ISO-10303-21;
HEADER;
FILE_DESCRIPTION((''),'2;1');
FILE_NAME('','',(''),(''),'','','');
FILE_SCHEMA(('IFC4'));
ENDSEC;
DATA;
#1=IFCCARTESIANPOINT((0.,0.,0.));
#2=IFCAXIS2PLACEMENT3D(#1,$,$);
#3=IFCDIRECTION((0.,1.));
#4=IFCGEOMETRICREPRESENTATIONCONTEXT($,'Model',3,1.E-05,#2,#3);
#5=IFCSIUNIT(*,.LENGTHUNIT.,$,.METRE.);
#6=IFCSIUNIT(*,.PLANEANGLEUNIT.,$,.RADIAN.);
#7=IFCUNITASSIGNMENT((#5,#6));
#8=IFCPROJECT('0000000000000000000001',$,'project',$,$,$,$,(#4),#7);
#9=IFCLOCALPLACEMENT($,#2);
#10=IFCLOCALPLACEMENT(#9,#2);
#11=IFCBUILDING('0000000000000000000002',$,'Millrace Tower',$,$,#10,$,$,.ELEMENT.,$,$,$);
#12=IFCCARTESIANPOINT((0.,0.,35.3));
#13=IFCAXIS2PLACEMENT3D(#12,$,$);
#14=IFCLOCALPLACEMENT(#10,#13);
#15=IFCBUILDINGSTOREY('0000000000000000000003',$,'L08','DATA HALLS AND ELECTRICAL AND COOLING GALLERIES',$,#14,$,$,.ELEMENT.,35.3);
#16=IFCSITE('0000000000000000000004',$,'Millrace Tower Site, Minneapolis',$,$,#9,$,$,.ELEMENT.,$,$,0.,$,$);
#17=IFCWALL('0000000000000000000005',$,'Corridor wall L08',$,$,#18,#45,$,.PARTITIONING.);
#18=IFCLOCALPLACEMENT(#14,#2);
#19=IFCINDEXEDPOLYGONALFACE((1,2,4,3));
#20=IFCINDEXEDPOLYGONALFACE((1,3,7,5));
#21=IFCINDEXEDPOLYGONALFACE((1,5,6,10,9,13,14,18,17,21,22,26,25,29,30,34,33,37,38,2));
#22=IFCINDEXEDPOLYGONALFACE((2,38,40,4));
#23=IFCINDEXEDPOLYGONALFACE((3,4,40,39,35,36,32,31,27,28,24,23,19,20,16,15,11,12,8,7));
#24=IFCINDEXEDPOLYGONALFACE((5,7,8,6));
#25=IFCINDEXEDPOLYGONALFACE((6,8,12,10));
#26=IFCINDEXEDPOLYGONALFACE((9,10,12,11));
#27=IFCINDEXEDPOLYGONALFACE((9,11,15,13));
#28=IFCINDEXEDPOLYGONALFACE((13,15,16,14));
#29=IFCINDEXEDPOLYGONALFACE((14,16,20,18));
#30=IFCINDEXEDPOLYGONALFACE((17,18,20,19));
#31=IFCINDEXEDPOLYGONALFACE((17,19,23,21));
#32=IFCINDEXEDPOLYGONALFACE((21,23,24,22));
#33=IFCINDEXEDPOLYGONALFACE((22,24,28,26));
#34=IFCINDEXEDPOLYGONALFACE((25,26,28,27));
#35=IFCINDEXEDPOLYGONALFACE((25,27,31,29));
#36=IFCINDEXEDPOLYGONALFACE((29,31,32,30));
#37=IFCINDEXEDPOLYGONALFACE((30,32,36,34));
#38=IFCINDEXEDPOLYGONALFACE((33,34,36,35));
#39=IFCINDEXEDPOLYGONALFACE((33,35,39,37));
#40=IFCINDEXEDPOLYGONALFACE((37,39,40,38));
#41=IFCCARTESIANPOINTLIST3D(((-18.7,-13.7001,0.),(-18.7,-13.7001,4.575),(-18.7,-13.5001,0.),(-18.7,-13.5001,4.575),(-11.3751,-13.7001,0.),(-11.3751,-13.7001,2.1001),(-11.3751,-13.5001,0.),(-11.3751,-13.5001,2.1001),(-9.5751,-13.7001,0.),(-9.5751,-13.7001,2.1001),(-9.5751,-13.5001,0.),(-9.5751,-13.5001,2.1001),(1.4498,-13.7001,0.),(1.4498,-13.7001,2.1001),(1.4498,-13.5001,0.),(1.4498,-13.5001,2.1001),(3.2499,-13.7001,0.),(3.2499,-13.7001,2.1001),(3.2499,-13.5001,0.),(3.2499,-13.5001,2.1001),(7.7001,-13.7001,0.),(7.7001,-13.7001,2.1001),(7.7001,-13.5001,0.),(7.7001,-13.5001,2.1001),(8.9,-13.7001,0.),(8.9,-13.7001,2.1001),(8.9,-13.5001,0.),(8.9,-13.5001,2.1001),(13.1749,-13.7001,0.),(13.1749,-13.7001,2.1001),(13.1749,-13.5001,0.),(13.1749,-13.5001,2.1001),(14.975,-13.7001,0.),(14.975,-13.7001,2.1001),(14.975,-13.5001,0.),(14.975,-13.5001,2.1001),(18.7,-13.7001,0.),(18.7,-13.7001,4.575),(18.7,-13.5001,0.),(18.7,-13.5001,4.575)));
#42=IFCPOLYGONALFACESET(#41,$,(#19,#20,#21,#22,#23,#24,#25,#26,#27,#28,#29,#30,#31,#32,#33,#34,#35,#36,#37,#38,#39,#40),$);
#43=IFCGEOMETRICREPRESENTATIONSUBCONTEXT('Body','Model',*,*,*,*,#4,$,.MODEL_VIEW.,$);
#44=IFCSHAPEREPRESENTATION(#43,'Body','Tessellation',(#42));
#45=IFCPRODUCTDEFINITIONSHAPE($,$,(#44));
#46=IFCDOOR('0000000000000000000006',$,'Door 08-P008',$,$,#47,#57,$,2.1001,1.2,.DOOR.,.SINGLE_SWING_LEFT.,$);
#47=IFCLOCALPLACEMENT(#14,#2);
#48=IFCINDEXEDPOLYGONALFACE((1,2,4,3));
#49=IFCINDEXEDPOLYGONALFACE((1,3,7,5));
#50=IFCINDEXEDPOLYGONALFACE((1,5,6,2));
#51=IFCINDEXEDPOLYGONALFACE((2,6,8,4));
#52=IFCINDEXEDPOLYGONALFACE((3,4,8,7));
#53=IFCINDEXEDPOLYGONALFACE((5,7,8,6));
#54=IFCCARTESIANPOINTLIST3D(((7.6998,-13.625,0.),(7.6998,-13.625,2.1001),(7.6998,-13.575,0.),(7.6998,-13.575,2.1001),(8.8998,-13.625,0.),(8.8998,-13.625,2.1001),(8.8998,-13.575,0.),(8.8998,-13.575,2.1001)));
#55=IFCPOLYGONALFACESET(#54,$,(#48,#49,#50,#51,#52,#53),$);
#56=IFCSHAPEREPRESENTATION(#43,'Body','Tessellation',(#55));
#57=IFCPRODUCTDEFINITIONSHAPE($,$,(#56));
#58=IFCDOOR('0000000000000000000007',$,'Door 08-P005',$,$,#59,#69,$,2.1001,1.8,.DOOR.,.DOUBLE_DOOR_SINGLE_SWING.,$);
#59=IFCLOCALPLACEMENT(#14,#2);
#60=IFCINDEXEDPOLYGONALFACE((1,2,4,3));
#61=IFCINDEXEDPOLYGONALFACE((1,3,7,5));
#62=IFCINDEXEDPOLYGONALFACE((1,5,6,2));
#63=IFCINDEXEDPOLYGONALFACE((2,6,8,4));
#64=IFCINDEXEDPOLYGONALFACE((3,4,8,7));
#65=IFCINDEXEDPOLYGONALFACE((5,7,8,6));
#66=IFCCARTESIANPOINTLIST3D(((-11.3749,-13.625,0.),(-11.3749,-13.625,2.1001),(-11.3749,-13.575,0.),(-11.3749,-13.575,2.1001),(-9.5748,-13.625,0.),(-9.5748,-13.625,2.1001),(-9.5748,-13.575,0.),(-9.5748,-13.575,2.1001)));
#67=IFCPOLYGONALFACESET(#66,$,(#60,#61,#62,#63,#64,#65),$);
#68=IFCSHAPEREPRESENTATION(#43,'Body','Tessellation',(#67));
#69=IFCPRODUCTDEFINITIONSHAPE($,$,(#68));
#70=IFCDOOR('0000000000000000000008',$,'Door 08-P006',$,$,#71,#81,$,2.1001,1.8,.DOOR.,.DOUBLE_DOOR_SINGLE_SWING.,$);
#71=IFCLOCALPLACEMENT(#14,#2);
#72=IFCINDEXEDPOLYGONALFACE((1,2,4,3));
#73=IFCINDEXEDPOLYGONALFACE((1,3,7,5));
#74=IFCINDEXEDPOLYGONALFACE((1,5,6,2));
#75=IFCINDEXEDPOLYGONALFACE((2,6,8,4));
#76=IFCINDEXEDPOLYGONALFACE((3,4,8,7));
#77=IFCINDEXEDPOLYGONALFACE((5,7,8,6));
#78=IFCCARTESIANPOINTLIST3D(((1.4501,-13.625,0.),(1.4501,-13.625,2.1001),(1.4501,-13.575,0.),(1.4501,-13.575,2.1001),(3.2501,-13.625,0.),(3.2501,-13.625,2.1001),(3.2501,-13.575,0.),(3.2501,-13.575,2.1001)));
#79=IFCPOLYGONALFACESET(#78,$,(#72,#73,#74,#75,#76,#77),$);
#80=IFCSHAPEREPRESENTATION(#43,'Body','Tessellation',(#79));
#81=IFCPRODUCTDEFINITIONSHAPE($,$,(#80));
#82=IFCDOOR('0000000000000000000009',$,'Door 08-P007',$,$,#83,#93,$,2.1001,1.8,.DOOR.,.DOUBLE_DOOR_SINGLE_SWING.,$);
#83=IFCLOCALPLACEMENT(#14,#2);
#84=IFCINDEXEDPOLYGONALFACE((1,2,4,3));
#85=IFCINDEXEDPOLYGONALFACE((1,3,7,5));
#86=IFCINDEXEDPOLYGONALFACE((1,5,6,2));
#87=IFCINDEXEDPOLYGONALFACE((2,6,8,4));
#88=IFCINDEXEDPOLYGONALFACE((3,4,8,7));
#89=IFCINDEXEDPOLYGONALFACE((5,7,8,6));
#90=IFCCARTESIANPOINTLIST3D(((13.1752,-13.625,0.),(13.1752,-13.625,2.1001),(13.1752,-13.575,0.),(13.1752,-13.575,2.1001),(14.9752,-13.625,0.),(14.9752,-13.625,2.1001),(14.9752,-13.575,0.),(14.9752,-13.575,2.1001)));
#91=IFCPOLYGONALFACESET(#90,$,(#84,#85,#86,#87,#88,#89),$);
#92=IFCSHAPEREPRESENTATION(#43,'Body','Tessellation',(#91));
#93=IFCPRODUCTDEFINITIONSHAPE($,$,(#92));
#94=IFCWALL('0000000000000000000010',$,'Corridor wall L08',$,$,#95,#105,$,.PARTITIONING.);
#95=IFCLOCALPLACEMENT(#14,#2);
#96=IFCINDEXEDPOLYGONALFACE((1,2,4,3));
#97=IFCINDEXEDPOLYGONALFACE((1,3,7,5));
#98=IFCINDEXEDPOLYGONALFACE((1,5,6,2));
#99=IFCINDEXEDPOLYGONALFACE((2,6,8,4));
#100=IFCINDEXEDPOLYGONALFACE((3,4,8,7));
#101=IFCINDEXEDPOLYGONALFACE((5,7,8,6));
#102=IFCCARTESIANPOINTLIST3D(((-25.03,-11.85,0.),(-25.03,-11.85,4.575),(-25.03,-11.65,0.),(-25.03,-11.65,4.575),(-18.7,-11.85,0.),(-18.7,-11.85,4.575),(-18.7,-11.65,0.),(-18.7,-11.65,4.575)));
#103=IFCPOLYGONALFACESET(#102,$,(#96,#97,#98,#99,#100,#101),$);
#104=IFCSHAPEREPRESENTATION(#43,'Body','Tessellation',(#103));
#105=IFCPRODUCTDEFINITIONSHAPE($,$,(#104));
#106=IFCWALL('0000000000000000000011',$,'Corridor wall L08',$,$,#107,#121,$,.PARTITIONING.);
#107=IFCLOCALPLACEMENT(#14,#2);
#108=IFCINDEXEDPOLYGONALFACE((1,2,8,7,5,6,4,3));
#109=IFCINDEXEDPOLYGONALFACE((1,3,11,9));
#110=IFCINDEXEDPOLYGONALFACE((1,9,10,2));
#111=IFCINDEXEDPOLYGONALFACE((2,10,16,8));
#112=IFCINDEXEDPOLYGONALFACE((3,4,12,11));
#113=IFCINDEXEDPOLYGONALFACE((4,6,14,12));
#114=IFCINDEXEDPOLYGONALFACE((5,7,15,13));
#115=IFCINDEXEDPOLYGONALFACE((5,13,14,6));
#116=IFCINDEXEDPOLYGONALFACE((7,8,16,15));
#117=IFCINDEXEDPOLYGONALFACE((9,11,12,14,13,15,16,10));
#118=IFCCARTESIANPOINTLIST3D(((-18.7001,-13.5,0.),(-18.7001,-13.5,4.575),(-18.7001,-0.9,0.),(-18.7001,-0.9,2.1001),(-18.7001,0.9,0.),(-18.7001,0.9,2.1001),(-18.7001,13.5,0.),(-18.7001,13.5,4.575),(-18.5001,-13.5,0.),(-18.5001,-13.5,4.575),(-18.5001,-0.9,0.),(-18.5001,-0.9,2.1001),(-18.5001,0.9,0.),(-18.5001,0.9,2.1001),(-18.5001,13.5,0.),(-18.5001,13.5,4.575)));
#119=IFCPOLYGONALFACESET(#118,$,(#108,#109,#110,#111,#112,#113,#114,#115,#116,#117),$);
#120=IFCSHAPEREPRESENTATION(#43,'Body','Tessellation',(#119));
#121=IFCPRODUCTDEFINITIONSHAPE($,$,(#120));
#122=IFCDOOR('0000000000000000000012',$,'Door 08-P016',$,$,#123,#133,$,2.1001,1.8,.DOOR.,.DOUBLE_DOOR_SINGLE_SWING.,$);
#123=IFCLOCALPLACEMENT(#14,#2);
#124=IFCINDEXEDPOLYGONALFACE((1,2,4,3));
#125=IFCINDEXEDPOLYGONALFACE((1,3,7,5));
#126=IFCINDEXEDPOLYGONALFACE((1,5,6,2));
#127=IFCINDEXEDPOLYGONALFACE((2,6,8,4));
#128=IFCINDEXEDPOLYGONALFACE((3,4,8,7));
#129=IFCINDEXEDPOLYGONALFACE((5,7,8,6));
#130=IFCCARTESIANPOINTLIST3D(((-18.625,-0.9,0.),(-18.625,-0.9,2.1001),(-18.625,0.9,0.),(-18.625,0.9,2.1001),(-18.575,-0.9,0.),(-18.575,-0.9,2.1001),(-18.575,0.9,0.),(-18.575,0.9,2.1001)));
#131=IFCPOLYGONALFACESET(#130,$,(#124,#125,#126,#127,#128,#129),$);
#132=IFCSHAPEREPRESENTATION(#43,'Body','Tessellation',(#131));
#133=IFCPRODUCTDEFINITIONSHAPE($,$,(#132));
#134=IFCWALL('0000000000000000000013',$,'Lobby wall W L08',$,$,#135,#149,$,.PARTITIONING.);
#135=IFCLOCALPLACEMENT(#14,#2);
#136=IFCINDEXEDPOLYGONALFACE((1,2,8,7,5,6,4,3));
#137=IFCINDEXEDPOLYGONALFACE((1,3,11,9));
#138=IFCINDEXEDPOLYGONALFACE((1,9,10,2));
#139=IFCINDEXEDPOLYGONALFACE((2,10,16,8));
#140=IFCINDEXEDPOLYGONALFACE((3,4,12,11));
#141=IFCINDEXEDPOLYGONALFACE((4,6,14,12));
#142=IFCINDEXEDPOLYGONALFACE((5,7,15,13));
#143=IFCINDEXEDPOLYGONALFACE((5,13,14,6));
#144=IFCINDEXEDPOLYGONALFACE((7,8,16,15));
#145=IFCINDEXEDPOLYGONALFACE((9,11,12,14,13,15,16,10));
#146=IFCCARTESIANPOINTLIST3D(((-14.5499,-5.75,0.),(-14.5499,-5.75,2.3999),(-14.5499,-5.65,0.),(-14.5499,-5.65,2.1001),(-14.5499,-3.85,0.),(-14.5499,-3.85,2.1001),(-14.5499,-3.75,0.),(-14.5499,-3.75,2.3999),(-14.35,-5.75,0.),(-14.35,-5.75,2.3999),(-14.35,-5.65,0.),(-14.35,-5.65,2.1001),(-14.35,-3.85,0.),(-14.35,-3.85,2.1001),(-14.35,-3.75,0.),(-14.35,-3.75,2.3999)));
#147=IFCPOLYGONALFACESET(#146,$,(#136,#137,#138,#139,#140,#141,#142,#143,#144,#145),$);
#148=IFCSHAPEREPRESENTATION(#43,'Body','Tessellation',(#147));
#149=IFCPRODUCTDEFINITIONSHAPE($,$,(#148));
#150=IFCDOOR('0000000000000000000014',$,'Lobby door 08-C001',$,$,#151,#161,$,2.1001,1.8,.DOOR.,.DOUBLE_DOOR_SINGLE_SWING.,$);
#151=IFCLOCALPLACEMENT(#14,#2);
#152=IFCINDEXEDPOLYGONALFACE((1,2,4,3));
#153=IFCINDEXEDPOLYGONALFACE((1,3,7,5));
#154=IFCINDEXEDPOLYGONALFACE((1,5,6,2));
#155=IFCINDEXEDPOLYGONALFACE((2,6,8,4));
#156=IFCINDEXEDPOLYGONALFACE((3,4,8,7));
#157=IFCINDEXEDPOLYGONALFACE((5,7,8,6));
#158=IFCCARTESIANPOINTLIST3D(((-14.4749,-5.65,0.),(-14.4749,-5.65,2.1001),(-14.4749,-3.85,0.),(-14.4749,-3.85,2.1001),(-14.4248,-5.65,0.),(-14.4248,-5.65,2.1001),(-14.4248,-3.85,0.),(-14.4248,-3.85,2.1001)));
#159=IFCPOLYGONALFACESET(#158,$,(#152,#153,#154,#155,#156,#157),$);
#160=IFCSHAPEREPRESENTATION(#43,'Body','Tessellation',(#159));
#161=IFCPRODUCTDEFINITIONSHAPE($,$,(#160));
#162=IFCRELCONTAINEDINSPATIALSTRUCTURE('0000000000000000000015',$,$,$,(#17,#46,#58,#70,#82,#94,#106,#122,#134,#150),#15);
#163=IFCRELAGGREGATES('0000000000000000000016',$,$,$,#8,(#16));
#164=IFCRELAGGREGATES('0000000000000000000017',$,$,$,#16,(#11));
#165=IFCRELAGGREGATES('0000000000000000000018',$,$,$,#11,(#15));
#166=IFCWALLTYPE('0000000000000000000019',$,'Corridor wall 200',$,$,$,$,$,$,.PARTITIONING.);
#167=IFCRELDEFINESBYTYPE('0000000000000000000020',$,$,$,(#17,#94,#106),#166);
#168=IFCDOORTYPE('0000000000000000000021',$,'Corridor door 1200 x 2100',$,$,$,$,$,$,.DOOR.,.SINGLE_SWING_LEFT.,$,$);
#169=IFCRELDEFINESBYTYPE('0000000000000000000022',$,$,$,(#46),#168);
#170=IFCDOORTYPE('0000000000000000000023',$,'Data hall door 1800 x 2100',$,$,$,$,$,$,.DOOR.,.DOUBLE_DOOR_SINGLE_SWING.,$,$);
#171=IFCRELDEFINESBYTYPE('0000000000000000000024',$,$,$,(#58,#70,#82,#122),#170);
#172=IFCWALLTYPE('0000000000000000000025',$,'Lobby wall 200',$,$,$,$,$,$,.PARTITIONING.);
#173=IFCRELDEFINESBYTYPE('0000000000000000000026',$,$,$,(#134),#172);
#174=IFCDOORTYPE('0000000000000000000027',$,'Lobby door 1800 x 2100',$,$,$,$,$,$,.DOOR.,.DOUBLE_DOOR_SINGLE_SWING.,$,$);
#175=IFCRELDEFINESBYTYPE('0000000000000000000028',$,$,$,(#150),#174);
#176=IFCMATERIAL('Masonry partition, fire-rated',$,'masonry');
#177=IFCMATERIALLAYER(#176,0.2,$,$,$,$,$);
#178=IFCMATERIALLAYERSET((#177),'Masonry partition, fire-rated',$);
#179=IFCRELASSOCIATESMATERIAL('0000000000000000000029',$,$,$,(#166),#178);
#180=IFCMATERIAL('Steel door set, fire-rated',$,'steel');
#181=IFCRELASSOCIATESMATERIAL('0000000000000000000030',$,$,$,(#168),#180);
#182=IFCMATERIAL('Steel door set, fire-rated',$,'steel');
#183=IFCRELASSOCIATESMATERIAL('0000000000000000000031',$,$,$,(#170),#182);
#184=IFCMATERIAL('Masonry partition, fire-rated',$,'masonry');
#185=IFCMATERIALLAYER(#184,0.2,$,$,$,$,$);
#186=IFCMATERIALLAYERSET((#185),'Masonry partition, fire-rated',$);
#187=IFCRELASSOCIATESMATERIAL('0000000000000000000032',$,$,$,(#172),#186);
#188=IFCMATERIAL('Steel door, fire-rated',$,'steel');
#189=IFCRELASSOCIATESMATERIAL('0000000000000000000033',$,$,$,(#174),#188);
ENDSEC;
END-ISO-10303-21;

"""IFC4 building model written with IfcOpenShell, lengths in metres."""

from ifc_helpers import new_model, si_unit, direction, frame, frame_2d, origin, place, context, subcontext, project, spatial, rectangle, extrude, material, layer, layer_set, type_object, element, fill, save


model = new_model("IFC4")

# Units and contexts
model_context = context("Model", 3, precision=1e-05, world=origin(), true_north=direction((0.0, 1.0)))
body_context = subcontext(model_context, "Body", "Model", "MODEL_VIEW")
ifc_project = project(units=[si_unit("LENGTHUNIT", "METRE"), si_unit("PLANEANGLEUNIT", "RADIAN")], contexts=[model_context])

# Site, building, storey
site_placement = place(None, origin())
site = spatial("IfcSite", under=ifc_project, at=site_placement, Name="Millrace Tower Site, Minneapolis", CompositionType="ELEMENT", RefElevation=0.0)
building_placement = place(site_placement, origin())
building = spatial("IfcBuilding", under=site, at=building_placement, Name="Millrace Tower", CompositionType="ELEMENT")
storey_placement = place(building_placement, frame((0.0, 0.0, 35.3)))
storey = spatial("IfcBuildingStorey", under=building, at=storey_placement, Name="L08", Description="DATA HALLS AND ELECTRICAL AND COOLING GALLERIES", CompositionType="ELEMENT", Elevation=35.3)

# Wall, openings, doors
ifc_material_1 = material(Name="Masonry partition, fire-rated", Category="masonry")
ifc_layer_1 = layer(ifc_material_1, 0.2)
ifc_layer_set_1 = layer_set([ifc_layer_1], Name="Masonry partition, fire-rated")
wall_type_1 = type_object("IfcWallType", Name="Corridor wall 200", PredefinedType="PARTITIONING", material=ifc_layer_set_1)
wall_1_placement = place(storey_placement, frame((-18.7, -13.6001, 0.0), z_axis=(0.0, 0.0, 1.0), x_axis=(1.0, 0.0, 0.0)))
wall_1 = element("IfcWall", 1, at=wall_1_placement, inside=storey, type_object=wall_type_1, Name="Corridor wall L08", PredefinedType="PARTITIONING", context=body_context, shape_type="SweptSolid", body=[
    extrude(rectangle(XDim=37.3999, YDim=0.2, at=frame_2d((18.7, 0.0))), origin(), (0.0, 0.0, 1.0), 4.575),
])
opening_1_placement = place(wall_1_placement, frame((7.325, 0.0, 0.0)))
opening_1 = element("IfcOpeningElement", 2, at=opening_1_placement, cuts=wall_1, PredefinedType="OPENING", context=body_context, shape_type="SweptSolid", body=[
    extrude(rectangle(XDim=1.8, YDim=2.1001, at=frame_2d((0.8999, 1.05))), frame((0.0, 0.1099, 0.0), z_axis=(0.0, -1.0, 0.0), x_axis=(1.0, 0.0, 0.0)), (0.0, 0.0, 1.0), 0.22),
])
opening_2_placement = place(wall_1_placement, frame((20.1499, 0.0, 0.0)))
opening_2 = element("IfcOpeningElement", 3, at=opening_2_placement, cuts=wall_1, PredefinedType="OPENING", context=body_context, shape_type="SweptSolid", body=[
    extrude(rectangle(XDim=1.8, YDim=2.1001, at=frame_2d((0.8999, 1.05))), frame((0.0, 0.1099, 0.0), z_axis=(0.0, -1.0, 0.0), x_axis=(1.0, 0.0, 0.0)), (0.0, 0.0, 1.0), 0.22),
])
opening_3_placement = place(wall_1_placement, frame((31.875, 0.0, 0.0)))
opening_3 = element("IfcOpeningElement", 4, at=opening_3_placement, cuts=wall_1, PredefinedType="OPENING", context=body_context, shape_type="SweptSolid", body=[
    extrude(rectangle(XDim=1.8, YDim=2.1001, at=frame_2d((0.8999, 1.05))), frame((0.0, 0.1099, 0.0), z_axis=(0.0, -1.0, 0.0), x_axis=(1.0, 0.0, 0.0)), (0.0, 0.0, 1.0), 0.22),
])
opening_4_placement = place(wall_1_placement, frame((26.3999, 0.0, 0.0)))
opening_4 = element("IfcOpeningElement", 5, at=opening_4_placement, cuts=wall_1, PredefinedType="OPENING", context=body_context, shape_type="SweptSolid", body=[
    extrude(rectangle(XDim=1.2, YDim=2.1001, at=frame_2d((0.6001, 1.05))), frame((0.0, 0.1099, 0.0), z_axis=(0.0, -1.0, 0.0), x_axis=(1.0, 0.0, 0.0)), (0.0, 0.0, 1.0), 0.22),
])
ifc_material_2 = material(Name="Steel door set, fire-rated", Category="steel")
door_type_1 = type_object("IfcDoorType", Name="Corridor door 1200 x 2100", OperationType="SINGLE_SWING_LEFT", PredefinedType="DOOR", material=ifc_material_2)
door_1_placement = place(opening_4_placement, frame((1.2, 0.0, 0.0), z_axis=(0.0, 0.0, 1.0), x_axis=(-1.0, 0.0, 0.0)))
door_1 = element("IfcDoor", 6, at=door_1_placement, inside=storey, type_object=door_type_1, Name="Door 08-P008", OperationType="SINGLE_SWING_LEFT", OverallHeight=2.1001, OverallWidth=1.2, PredefinedType="DOOR", context=body_context, shape_type="SweptSolid", body=[
    extrude(rectangle(XDim=1.2, YDim=2.1001, at=frame_2d((0.6001, 1.05))), frame((0.0, 0.0249, 0.0), z_axis=(0.0, -1.0, 0.0), x_axis=(1.0, 0.0, 0.0)), (0.0, 0.0, 1.0), 0.05),
])
fill(opening_4, door_1)
ifc_material_3 = material(Name="Steel door set, fire-rated", Category="steel")
door_type_2 = type_object("IfcDoorType", Name="Data hall door 1800 x 2100", OperationType="DOUBLE_DOOR_SINGLE_SWING", PredefinedType="DOOR", material=ifc_material_3)
door_2_placement = place(opening_1_placement, frame((1.8, 0.0, 0.0), z_axis=(0.0, 0.0, 1.0), x_axis=(-1.0, 0.0, 0.0)))
door_2 = element("IfcDoor", 7, at=door_2_placement, inside=storey, type_object=door_type_2, Name="Door 08-P005", OperationType="DOUBLE_DOOR_SINGLE_SWING", OverallHeight=2.1001, OverallWidth=1.8, PredefinedType="DOOR", context=body_context, shape_type="SweptSolid", body=[
    extrude(rectangle(XDim=1.8, YDim=2.1001, at=frame_2d((0.8999, 1.05))), frame((0.0, 0.0249, 0.0), z_axis=(0.0, -1.0, 0.0), x_axis=(1.0, 0.0, 0.0)), (0.0, 0.0, 1.0), 0.05),
])
fill(opening_1, door_2)
door_3_placement = place(opening_2_placement, frame((1.8, 0.0, 0.0), z_axis=(0.0, 0.0, 1.0), x_axis=(-1.0, 0.0, 0.0)))
door_3 = element("IfcDoor", 8, at=door_3_placement, inside=storey, type_object=door_type_2, Name="Door 08-P006", OperationType="DOUBLE_DOOR_SINGLE_SWING", OverallHeight=2.1001, OverallWidth=1.8, PredefinedType="DOOR", context=body_context, shape_type="SweptSolid", body=[
    extrude(rectangle(XDim=1.8, YDim=2.1001, at=frame_2d((0.8999, 1.05))), frame((0.0, 0.0249, 0.0), z_axis=(0.0, -1.0, 0.0), x_axis=(1.0, 0.0, 0.0)), (0.0, 0.0, 1.0), 0.05),
])
fill(opening_2, door_3)
door_4_placement = place(opening_3_placement, frame((1.8, 0.0, 0.0), z_axis=(0.0, 0.0, 1.0), x_axis=(-1.0, 0.0, 0.0)))
door_4 = element("IfcDoor", 9, at=door_4_placement, inside=storey, type_object=door_type_2, Name="Door 08-P007", OperationType="DOUBLE_DOOR_SINGLE_SWING", OverallHeight=2.1001, OverallWidth=1.8, PredefinedType="DOOR", context=body_context, shape_type="SweptSolid", body=[
    extrude(rectangle(XDim=1.8, YDim=2.1001, at=frame_2d((0.8999, 1.05))), frame((0.0, 0.0249, 0.0), z_axis=(0.0, -1.0, 0.0), x_axis=(1.0, 0.0, 0.0)), (0.0, 0.0, 1.0), 0.05),
])
fill(opening_3, door_4)

# Wall
wall_2_placement = place(storey_placement, frame((-25.03, -11.75, 0.0), z_axis=(0.0, 0.0, 1.0), x_axis=(1.0, 0.0, 0.0)))
element("IfcWall", 10, at=wall_2_placement, inside=storey, type_object=wall_type_1, Name="Corridor wall L08", PredefinedType="PARTITIONING", context=body_context, shape_type="SweptSolid", body=[
    extrude(rectangle(XDim=6.3301, YDim=0.2, at=frame_2d((3.165, 0.0))), origin(), (0.0, 0.0, 1.0), 4.575),
])

# Walls, openings, doors
wall_3_placement = place(storey_placement, frame((-18.6001, -13.5, 0.0), z_axis=(0.0, 0.0, 1.0), x_axis=(0.0, 1.0, 0.0)))
wall_3 = element("IfcWall", 11, at=wall_3_placement, inside=storey, type_object=wall_type_1, Name="Corridor wall L08", PredefinedType="PARTITIONING", context=body_context, shape_type="SweptSolid", body=[
    extrude(rectangle(XDim=27.0, YDim=0.2, at=frame_2d((13.5, 0.0))), origin(), (0.0, 0.0, 1.0), 4.575),
])
opening_5_placement = place(wall_3_placement, frame((12.6001, 0.0, 0.0)))
opening_5 = element("IfcOpeningElement", 12, at=opening_5_placement, cuts=wall_3, PredefinedType="OPENING", context=body_context, shape_type="SweptSolid", body=[
    extrude(rectangle(XDim=1.8, YDim=2.1001, at=frame_2d((0.8999, 1.05))), frame((0.0, 0.1099, 0.0), z_axis=(0.0, -1.0, 0.0), x_axis=(1.0, 0.0, 0.0)), (0.0, 0.0, 1.0), 0.22),
])
door_5_placement = place(opening_5_placement, origin())
door_5 = element("IfcDoor", 13, at=door_5_placement, inside=storey, type_object=door_type_2, Name="Door 08-P016", OperationType="DOUBLE_DOOR_SINGLE_SWING", OverallHeight=2.1001, OverallWidth=1.8, PredefinedType="DOOR", context=body_context, shape_type="SweptSolid", body=[
    extrude(rectangle(XDim=1.8, YDim=2.1001, at=frame_2d((0.8999, 1.05))), frame((0.0, 0.0249, 0.0), z_axis=(0.0, -1.0, 0.0), x_axis=(1.0, 0.0, 0.0)), (0.0, 0.0, 1.0), 0.05),
])
fill(opening_5, door_5)
ifc_material_4 = material(Name="Masonry partition, fire-rated", Category="masonry")
ifc_layer_2 = layer(ifc_material_4, 0.2)
ifc_layer_set_2 = layer_set([ifc_layer_2], Name="Masonry partition, fire-rated")
wall_type_2 = type_object("IfcWallType", Name="Lobby wall 200", PredefinedType="PARTITIONING", material=ifc_layer_set_2)
wall_4_placement = place(storey_placement, frame((-14.45, -5.75, 0.0), z_axis=(0.0, 0.0, 1.0), x_axis=(0.0, 1.0, 0.0)))
wall_4 = element("IfcWall", 14, at=wall_4_placement, inside=storey, type_object=wall_type_2, Name="Lobby wall W L08", PredefinedType="PARTITIONING", context=body_context, shape_type="SweptSolid", body=[
    extrude(rectangle(XDim=2.0, YDim=0.2, at=frame_2d((1.0, 0.0))), origin(), (0.0, 0.0, 1.0), 2.3999),
])
opening_6_placement = place(wall_4_placement, frame((0.1001, 0.0, 0.0)))
opening_6 = element("IfcOpeningElement", 15, at=opening_6_placement, cuts=wall_4, PredefinedType="OPENING", context=body_context, shape_type="SweptSolid", body=[
    extrude(rectangle(XDim=1.8, YDim=2.1001, at=frame_2d((0.8999, 1.05))), frame((0.0, 0.1099, 0.0), z_axis=(0.0, -1.0, 0.0), x_axis=(1.0, 0.0, 0.0)), (0.0, 0.0, 1.0), 0.22),
])
ifc_material_5 = material(Name="Steel door, fire-rated", Category="steel")
door_type_3 = type_object("IfcDoorType", Name="Lobby door 1800 x 2100", OperationType="DOUBLE_DOOR_SINGLE_SWING", PredefinedType="DOOR", material=ifc_material_5)
door_6_placement = place(opening_6_placement, origin())
door_6 = element("IfcDoor", 16, at=door_6_placement, inside=storey, type_object=door_type_3, Name="Lobby door 08-C001", OperationType="DOUBLE_DOOR_SINGLE_SWING", OverallHeight=2.1001, OverallWidth=1.8, PredefinedType="DOOR", context=body_context, shape_type="SweptSolid", body=[
    extrude(rectangle(XDim=1.8, YDim=2.1001, at=frame_2d((0.8999, 1.05))), frame((0.0, 0.0249, 0.0), z_axis=(0.0, -1.0, 0.0), x_axis=(1.0, 0.0, 0.0)), (0.0, 0.0, 1.0), 0.05),
])
fill(opening_6, door_6)

save(model, "model.ifc")
